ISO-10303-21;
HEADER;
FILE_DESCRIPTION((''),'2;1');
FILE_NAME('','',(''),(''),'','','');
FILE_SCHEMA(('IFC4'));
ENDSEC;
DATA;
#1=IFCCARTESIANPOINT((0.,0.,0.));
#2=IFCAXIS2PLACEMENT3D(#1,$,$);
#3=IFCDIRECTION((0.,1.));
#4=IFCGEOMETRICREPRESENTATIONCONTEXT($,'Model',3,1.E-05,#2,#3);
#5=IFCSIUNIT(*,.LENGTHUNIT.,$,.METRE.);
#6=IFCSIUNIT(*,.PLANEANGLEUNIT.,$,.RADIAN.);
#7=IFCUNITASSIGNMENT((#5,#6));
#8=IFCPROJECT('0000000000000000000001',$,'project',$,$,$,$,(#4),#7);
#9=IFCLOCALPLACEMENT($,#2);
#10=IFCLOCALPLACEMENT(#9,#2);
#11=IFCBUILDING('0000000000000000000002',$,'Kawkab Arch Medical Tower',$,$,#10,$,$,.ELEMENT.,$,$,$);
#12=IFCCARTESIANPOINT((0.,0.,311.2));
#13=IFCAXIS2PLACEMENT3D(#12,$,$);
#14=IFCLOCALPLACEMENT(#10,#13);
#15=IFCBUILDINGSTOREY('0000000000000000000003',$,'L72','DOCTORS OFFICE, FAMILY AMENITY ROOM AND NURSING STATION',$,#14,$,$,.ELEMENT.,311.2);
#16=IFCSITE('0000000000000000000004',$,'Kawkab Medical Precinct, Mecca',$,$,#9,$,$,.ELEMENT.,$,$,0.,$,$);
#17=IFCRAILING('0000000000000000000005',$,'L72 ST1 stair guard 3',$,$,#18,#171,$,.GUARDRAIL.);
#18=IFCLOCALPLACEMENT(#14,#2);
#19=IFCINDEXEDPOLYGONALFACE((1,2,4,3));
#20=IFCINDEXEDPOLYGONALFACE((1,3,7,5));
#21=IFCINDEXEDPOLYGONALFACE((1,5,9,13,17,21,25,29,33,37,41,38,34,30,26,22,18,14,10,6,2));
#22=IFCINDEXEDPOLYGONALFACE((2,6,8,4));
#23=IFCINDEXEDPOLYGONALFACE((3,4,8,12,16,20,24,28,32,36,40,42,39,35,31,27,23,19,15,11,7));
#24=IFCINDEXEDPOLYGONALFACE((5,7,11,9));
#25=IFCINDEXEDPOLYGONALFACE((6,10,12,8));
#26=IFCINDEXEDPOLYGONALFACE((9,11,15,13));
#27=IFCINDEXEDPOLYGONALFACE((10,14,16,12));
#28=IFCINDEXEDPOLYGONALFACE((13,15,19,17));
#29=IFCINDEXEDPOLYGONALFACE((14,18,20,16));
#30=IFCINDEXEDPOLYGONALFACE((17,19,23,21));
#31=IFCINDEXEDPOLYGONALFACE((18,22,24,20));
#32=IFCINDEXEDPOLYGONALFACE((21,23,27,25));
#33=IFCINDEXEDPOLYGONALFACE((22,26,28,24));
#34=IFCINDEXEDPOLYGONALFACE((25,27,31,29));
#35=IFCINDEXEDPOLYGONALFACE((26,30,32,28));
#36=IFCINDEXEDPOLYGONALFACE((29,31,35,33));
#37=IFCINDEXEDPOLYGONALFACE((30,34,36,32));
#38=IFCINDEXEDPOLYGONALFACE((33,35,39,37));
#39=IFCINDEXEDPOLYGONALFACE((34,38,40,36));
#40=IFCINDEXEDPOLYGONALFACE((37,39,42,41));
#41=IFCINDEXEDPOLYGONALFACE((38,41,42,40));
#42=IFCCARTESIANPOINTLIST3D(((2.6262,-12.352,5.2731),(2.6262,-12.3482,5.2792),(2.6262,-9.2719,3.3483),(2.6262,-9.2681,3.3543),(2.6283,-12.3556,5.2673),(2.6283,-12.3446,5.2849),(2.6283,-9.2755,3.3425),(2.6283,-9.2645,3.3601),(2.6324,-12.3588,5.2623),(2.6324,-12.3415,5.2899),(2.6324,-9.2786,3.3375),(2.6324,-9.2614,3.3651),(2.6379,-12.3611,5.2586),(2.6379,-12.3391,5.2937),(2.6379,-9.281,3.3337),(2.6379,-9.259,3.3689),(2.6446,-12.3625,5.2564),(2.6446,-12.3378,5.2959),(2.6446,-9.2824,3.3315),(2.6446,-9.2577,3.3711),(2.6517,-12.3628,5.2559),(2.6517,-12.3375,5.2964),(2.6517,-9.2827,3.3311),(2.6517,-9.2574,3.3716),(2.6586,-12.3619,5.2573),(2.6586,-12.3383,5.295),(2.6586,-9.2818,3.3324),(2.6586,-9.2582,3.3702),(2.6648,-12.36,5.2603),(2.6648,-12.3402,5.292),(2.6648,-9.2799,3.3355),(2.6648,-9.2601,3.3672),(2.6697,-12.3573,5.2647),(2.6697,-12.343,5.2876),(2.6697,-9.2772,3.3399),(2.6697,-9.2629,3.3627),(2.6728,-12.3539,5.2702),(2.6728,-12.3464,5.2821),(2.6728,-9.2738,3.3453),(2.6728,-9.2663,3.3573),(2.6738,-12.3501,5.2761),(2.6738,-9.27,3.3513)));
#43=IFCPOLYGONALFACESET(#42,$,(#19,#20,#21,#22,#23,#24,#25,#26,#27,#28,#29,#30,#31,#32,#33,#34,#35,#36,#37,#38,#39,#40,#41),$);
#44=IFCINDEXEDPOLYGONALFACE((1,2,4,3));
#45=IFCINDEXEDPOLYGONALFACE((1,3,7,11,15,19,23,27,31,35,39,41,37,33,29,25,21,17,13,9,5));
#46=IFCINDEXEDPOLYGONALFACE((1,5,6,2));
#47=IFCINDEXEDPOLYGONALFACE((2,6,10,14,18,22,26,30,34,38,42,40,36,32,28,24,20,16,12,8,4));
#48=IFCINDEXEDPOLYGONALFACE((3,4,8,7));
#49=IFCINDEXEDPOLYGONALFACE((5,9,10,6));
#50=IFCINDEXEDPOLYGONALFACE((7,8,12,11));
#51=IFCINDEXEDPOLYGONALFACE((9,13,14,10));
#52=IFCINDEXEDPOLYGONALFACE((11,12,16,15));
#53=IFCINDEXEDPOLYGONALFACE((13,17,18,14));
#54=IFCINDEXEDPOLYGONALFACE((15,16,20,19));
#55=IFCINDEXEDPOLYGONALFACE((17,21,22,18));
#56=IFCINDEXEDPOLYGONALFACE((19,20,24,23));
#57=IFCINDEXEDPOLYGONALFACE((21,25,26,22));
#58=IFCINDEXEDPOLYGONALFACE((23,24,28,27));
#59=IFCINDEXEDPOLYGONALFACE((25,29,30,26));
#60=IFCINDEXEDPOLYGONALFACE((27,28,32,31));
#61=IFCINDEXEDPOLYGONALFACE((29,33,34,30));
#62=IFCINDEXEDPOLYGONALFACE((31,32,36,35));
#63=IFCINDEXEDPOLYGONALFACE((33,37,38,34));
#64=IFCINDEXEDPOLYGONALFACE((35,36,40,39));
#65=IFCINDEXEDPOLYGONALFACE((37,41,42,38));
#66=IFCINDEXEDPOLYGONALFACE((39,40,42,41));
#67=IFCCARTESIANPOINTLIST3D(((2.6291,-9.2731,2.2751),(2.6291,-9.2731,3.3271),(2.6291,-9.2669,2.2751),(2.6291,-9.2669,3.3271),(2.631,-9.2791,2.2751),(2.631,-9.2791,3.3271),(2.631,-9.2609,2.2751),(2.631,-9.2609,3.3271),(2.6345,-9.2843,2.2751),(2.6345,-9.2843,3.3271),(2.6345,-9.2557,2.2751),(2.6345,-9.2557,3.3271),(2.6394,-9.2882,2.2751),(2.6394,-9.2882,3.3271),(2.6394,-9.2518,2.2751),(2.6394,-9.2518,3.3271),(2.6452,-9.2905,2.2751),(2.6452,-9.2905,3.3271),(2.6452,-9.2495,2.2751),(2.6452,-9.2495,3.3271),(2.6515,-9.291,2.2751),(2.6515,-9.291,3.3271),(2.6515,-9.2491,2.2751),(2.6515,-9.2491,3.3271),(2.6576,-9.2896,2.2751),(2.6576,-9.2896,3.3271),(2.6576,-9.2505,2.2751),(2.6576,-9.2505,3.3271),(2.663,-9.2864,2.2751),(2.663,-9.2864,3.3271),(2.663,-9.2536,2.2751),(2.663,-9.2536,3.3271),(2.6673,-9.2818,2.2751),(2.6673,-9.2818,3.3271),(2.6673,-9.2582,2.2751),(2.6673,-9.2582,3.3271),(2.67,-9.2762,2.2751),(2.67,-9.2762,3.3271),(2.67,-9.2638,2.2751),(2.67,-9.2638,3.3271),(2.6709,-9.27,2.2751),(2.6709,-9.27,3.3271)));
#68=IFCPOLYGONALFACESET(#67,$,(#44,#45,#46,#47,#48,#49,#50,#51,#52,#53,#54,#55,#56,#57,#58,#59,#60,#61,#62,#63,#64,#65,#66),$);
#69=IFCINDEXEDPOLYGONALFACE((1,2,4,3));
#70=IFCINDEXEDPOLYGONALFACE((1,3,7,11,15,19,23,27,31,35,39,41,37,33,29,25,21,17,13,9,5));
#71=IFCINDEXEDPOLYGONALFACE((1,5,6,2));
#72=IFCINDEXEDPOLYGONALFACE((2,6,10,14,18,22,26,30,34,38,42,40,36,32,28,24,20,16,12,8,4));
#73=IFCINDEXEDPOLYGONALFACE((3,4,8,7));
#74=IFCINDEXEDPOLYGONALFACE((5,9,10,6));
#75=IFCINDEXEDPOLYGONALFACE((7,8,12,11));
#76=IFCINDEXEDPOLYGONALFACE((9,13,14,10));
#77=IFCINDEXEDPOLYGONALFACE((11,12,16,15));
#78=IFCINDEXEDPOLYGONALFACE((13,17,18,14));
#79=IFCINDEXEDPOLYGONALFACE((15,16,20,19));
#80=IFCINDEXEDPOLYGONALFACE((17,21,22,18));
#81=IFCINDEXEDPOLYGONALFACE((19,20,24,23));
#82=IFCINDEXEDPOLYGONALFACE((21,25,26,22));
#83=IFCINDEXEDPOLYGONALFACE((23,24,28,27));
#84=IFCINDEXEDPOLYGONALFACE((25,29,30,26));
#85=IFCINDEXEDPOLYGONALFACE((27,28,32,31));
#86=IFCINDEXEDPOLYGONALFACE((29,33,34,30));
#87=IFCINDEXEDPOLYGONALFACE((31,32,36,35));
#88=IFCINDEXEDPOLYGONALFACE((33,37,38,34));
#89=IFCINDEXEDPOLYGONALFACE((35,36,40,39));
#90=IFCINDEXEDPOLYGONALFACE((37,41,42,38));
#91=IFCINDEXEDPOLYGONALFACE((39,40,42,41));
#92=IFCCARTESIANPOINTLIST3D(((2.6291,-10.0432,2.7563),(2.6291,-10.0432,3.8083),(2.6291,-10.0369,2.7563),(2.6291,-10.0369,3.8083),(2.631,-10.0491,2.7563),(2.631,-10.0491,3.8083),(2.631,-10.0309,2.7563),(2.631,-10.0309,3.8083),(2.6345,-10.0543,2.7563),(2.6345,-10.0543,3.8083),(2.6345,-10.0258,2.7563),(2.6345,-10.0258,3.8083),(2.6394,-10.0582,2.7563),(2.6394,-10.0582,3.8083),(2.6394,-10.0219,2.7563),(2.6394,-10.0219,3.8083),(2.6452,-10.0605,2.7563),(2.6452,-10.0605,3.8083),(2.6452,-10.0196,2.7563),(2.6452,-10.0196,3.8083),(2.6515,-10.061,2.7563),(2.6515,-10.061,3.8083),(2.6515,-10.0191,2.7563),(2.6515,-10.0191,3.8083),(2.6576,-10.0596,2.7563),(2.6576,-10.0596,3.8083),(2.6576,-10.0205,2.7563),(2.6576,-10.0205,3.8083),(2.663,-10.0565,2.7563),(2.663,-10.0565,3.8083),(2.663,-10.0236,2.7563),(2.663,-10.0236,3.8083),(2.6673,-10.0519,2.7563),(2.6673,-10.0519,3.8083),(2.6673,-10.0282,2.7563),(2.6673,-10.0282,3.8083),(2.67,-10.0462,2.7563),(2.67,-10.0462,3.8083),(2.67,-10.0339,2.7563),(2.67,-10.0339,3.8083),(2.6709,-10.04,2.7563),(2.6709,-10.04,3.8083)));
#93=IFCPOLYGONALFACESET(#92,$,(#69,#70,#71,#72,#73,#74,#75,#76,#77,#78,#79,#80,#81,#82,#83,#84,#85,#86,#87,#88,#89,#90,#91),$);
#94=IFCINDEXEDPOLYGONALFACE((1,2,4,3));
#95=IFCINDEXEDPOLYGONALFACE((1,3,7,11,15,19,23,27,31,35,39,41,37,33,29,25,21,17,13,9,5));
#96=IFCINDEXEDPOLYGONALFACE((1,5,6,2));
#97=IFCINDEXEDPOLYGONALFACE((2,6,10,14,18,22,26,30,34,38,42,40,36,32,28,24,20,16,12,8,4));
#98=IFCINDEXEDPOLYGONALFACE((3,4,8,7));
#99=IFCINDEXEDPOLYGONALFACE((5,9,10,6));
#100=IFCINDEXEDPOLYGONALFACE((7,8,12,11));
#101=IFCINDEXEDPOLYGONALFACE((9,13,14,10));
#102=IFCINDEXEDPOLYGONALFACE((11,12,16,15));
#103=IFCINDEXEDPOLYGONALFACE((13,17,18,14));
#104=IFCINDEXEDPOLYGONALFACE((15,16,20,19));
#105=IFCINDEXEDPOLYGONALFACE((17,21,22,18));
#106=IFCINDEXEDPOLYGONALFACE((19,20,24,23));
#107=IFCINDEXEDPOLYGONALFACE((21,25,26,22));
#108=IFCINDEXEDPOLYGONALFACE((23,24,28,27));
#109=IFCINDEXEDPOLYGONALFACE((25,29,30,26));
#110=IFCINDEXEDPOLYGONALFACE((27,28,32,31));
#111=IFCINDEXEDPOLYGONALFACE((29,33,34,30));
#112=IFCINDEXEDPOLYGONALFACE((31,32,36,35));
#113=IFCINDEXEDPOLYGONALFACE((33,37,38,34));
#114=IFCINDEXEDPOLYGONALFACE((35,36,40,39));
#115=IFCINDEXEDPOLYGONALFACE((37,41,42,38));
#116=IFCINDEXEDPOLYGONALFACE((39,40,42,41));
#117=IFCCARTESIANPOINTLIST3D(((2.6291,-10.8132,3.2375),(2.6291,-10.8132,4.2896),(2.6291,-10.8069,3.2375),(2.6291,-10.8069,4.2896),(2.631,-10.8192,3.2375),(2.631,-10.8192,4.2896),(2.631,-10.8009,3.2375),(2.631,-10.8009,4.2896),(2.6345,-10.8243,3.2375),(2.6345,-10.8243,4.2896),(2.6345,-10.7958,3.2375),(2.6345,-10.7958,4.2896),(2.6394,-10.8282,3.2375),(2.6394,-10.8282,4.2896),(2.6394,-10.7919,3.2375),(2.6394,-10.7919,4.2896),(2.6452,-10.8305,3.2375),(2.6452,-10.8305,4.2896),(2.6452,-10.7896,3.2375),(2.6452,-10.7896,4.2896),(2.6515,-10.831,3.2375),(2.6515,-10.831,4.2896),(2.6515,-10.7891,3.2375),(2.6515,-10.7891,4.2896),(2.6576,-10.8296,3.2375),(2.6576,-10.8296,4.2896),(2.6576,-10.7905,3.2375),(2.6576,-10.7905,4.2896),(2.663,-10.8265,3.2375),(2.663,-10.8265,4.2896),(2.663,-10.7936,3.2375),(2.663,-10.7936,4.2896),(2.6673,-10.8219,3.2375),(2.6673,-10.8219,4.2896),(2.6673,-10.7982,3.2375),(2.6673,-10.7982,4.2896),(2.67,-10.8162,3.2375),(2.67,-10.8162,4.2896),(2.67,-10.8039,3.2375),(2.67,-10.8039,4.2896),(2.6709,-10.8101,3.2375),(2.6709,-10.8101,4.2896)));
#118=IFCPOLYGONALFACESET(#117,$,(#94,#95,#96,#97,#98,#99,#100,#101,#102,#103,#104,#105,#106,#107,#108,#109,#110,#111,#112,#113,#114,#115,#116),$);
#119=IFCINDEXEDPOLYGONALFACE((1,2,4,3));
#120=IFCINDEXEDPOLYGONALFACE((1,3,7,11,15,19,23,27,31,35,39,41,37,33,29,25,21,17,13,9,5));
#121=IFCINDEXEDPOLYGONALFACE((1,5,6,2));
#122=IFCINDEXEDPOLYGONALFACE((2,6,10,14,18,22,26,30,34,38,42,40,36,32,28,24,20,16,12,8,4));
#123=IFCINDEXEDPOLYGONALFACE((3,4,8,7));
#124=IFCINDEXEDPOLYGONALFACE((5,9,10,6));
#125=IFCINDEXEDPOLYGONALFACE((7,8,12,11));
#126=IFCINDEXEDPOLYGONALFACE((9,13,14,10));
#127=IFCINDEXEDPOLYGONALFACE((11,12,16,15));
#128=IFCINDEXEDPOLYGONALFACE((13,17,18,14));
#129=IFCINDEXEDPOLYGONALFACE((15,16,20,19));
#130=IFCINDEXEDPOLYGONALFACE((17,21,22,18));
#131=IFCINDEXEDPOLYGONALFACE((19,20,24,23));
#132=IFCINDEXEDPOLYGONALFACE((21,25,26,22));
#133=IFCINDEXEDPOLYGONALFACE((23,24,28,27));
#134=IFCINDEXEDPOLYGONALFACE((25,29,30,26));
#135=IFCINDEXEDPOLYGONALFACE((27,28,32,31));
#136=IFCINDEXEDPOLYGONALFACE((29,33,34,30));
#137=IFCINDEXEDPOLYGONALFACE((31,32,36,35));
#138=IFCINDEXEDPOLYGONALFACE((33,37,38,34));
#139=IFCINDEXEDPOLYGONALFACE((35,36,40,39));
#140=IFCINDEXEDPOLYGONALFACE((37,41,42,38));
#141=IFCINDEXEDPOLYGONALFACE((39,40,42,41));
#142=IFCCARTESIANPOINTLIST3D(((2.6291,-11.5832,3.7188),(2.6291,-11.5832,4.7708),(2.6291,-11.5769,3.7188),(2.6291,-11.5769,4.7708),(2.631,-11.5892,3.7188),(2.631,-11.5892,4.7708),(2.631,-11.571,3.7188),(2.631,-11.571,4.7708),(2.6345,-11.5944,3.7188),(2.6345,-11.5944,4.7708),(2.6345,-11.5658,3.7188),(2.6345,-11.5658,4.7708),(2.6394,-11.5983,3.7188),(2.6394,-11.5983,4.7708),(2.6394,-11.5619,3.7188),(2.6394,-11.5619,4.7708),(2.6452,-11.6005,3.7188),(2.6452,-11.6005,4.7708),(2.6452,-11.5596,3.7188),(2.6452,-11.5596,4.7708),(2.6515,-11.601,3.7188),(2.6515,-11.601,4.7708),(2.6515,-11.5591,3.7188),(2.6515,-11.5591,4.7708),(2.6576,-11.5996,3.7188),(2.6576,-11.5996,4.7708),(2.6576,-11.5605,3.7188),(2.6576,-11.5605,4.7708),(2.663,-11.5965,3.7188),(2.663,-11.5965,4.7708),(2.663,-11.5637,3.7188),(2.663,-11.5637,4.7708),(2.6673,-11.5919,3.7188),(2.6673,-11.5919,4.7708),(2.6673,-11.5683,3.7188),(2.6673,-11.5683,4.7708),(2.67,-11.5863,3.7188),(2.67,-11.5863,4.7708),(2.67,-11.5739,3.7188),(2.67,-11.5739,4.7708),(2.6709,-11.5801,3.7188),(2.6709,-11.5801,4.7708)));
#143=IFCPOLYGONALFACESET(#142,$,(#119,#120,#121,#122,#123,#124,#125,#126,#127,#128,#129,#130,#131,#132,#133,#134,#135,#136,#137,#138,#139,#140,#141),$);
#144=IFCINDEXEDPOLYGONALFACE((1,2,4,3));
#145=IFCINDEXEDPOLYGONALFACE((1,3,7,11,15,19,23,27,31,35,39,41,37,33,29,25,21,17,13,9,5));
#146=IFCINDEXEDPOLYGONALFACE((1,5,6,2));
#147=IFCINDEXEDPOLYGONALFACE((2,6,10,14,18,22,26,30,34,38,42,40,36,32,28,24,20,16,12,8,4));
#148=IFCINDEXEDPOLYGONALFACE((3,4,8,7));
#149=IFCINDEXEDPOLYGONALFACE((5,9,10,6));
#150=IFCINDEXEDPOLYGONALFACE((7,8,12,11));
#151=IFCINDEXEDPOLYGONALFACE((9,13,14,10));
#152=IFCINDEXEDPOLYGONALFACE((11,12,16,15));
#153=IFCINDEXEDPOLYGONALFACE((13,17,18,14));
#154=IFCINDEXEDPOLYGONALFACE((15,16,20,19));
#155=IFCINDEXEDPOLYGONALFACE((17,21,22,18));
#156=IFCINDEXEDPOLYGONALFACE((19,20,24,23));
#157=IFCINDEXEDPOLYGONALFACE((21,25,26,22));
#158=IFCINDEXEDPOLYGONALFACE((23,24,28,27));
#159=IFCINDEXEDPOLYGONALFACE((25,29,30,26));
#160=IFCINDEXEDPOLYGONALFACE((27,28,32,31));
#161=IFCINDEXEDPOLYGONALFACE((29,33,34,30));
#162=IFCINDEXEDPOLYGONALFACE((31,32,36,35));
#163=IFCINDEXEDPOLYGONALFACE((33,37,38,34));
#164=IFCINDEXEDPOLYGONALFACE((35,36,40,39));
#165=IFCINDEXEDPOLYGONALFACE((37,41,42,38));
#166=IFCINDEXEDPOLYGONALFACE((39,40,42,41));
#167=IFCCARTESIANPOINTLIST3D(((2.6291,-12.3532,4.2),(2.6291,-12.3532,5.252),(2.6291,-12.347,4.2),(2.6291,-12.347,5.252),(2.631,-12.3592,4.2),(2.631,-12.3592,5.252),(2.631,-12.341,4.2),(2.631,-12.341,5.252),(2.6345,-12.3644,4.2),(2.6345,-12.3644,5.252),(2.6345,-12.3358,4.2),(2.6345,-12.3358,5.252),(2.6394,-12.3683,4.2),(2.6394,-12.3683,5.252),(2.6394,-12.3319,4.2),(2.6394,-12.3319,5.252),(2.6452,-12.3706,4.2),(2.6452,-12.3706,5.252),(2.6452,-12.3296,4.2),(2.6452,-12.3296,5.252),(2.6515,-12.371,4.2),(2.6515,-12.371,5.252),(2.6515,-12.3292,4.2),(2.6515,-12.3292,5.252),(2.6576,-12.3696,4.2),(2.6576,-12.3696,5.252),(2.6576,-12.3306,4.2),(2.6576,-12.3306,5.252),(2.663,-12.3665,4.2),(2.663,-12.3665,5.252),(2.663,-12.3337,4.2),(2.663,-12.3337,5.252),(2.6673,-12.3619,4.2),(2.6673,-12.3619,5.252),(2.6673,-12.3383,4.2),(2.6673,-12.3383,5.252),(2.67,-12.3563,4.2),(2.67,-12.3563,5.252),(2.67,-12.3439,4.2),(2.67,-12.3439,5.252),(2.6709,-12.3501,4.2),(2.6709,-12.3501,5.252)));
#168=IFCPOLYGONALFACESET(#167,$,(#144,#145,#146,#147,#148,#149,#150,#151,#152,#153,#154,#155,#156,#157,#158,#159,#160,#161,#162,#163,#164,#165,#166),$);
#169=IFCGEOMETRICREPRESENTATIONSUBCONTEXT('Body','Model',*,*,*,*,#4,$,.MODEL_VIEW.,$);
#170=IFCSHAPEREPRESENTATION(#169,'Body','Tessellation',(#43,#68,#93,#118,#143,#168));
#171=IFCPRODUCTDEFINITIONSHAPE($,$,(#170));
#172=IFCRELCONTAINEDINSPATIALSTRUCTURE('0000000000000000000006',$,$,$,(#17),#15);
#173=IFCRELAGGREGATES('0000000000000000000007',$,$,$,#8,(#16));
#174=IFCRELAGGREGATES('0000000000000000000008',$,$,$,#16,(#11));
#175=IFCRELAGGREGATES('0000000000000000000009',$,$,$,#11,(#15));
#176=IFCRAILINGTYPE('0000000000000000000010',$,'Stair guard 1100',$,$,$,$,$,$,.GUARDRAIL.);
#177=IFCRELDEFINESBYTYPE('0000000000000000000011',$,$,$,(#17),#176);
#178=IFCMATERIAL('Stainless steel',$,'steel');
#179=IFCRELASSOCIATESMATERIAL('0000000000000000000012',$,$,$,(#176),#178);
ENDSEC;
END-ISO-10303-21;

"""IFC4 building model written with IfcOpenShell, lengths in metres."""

from ifc_helpers import new_model, si_unit, direction, frame, origin, origin_2d, place, context, subcontext, project, spatial, circle, extrude, material, type_object, element, save


model = new_model("IFC4")

# Units and contexts
model_context = context("Model", 3, precision=1e-05, world=origin(), true_north=direction((0.0, 1.0)))
body_context = subcontext(model_context, "Body", "Model", "MODEL_VIEW")
ifc_project = project(units=[si_unit("LENGTHUNIT", "METRE"), si_unit("PLANEANGLEUNIT", "RADIAN")], contexts=[model_context])

# Site, building, storey
site_placement = place(None, origin())
site = spatial("IfcSite", under=ifc_project, at=site_placement, Name="Kawkab Medical Precinct, Mecca", CompositionType="ELEMENT", RefElevation=0.0)
building_placement = place(site_placement, origin())
building = spatial("IfcBuilding", under=site, at=building_placement, Name="Kawkab Arch Medical Tower", CompositionType="ELEMENT")
storey_placement = place(building_placement, frame((0.0, 0.0, 311.2)))
storey = spatial("IfcBuildingStorey", under=building, at=storey_placement, Name="L72", Description="DOCTORS OFFICE, FAMILY AMENITY ROOM AND NURSING STATION", CompositionType="ELEMENT", Elevation=311.2)

# Railing
ifc_material_1 = material(Name="Stainless steel", Category="steel")
railing_type = type_object("IfcRailingType", Name="Stair guard 1100", PredefinedType="GUARDRAIL", material=ifc_material_1)
railing_1_placement = place(storey_placement, frame((2.6499, -9.27, 2.2751)))
element("IfcRailing", 1, at=railing_1_placement, inside=storey, type_object=railing_type, Name="L72 ST1 stair guard 3", PredefinedType="GUARDRAIL", context=body_context, shape_type="SweptSolid", body=[
    extrude(circle(Radius=0.0239, at=origin_2d()), frame((0.0, 0.0, 1.0762), z_axis=(0.0, -0.848029, 0.529951), x_axis=(1.0, 0.0, 0.0)), (0.0, 0.0, 1.0), 3.6321),
    extrude(circle(Radius=0.021, at=origin_2d()), origin(), (0.0, 0.0, 1.0), 1.052),
    extrude(circle(Radius=0.021, at=origin_2d()), frame((0.0, -0.77, 0.4812)), (0.0, 0.0, 1.0), 1.052),
    extrude(circle(Radius=0.021, at=origin_2d()), frame((0.0, -1.54, 0.9624)), (0.0, 0.0, 1.0), 1.052),
    extrude(circle(Radius=0.021, at=origin_2d()), frame((0.0, -2.3101, 1.4436)), (0.0, 0.0, 1.0), 1.052),
    extrude(circle(Radius=0.021, at=origin_2d()), frame((0.0, -3.0801, 1.9248)), (0.0, 0.0, 1.0), 1.052),
])

save(model, "model.ifc")
